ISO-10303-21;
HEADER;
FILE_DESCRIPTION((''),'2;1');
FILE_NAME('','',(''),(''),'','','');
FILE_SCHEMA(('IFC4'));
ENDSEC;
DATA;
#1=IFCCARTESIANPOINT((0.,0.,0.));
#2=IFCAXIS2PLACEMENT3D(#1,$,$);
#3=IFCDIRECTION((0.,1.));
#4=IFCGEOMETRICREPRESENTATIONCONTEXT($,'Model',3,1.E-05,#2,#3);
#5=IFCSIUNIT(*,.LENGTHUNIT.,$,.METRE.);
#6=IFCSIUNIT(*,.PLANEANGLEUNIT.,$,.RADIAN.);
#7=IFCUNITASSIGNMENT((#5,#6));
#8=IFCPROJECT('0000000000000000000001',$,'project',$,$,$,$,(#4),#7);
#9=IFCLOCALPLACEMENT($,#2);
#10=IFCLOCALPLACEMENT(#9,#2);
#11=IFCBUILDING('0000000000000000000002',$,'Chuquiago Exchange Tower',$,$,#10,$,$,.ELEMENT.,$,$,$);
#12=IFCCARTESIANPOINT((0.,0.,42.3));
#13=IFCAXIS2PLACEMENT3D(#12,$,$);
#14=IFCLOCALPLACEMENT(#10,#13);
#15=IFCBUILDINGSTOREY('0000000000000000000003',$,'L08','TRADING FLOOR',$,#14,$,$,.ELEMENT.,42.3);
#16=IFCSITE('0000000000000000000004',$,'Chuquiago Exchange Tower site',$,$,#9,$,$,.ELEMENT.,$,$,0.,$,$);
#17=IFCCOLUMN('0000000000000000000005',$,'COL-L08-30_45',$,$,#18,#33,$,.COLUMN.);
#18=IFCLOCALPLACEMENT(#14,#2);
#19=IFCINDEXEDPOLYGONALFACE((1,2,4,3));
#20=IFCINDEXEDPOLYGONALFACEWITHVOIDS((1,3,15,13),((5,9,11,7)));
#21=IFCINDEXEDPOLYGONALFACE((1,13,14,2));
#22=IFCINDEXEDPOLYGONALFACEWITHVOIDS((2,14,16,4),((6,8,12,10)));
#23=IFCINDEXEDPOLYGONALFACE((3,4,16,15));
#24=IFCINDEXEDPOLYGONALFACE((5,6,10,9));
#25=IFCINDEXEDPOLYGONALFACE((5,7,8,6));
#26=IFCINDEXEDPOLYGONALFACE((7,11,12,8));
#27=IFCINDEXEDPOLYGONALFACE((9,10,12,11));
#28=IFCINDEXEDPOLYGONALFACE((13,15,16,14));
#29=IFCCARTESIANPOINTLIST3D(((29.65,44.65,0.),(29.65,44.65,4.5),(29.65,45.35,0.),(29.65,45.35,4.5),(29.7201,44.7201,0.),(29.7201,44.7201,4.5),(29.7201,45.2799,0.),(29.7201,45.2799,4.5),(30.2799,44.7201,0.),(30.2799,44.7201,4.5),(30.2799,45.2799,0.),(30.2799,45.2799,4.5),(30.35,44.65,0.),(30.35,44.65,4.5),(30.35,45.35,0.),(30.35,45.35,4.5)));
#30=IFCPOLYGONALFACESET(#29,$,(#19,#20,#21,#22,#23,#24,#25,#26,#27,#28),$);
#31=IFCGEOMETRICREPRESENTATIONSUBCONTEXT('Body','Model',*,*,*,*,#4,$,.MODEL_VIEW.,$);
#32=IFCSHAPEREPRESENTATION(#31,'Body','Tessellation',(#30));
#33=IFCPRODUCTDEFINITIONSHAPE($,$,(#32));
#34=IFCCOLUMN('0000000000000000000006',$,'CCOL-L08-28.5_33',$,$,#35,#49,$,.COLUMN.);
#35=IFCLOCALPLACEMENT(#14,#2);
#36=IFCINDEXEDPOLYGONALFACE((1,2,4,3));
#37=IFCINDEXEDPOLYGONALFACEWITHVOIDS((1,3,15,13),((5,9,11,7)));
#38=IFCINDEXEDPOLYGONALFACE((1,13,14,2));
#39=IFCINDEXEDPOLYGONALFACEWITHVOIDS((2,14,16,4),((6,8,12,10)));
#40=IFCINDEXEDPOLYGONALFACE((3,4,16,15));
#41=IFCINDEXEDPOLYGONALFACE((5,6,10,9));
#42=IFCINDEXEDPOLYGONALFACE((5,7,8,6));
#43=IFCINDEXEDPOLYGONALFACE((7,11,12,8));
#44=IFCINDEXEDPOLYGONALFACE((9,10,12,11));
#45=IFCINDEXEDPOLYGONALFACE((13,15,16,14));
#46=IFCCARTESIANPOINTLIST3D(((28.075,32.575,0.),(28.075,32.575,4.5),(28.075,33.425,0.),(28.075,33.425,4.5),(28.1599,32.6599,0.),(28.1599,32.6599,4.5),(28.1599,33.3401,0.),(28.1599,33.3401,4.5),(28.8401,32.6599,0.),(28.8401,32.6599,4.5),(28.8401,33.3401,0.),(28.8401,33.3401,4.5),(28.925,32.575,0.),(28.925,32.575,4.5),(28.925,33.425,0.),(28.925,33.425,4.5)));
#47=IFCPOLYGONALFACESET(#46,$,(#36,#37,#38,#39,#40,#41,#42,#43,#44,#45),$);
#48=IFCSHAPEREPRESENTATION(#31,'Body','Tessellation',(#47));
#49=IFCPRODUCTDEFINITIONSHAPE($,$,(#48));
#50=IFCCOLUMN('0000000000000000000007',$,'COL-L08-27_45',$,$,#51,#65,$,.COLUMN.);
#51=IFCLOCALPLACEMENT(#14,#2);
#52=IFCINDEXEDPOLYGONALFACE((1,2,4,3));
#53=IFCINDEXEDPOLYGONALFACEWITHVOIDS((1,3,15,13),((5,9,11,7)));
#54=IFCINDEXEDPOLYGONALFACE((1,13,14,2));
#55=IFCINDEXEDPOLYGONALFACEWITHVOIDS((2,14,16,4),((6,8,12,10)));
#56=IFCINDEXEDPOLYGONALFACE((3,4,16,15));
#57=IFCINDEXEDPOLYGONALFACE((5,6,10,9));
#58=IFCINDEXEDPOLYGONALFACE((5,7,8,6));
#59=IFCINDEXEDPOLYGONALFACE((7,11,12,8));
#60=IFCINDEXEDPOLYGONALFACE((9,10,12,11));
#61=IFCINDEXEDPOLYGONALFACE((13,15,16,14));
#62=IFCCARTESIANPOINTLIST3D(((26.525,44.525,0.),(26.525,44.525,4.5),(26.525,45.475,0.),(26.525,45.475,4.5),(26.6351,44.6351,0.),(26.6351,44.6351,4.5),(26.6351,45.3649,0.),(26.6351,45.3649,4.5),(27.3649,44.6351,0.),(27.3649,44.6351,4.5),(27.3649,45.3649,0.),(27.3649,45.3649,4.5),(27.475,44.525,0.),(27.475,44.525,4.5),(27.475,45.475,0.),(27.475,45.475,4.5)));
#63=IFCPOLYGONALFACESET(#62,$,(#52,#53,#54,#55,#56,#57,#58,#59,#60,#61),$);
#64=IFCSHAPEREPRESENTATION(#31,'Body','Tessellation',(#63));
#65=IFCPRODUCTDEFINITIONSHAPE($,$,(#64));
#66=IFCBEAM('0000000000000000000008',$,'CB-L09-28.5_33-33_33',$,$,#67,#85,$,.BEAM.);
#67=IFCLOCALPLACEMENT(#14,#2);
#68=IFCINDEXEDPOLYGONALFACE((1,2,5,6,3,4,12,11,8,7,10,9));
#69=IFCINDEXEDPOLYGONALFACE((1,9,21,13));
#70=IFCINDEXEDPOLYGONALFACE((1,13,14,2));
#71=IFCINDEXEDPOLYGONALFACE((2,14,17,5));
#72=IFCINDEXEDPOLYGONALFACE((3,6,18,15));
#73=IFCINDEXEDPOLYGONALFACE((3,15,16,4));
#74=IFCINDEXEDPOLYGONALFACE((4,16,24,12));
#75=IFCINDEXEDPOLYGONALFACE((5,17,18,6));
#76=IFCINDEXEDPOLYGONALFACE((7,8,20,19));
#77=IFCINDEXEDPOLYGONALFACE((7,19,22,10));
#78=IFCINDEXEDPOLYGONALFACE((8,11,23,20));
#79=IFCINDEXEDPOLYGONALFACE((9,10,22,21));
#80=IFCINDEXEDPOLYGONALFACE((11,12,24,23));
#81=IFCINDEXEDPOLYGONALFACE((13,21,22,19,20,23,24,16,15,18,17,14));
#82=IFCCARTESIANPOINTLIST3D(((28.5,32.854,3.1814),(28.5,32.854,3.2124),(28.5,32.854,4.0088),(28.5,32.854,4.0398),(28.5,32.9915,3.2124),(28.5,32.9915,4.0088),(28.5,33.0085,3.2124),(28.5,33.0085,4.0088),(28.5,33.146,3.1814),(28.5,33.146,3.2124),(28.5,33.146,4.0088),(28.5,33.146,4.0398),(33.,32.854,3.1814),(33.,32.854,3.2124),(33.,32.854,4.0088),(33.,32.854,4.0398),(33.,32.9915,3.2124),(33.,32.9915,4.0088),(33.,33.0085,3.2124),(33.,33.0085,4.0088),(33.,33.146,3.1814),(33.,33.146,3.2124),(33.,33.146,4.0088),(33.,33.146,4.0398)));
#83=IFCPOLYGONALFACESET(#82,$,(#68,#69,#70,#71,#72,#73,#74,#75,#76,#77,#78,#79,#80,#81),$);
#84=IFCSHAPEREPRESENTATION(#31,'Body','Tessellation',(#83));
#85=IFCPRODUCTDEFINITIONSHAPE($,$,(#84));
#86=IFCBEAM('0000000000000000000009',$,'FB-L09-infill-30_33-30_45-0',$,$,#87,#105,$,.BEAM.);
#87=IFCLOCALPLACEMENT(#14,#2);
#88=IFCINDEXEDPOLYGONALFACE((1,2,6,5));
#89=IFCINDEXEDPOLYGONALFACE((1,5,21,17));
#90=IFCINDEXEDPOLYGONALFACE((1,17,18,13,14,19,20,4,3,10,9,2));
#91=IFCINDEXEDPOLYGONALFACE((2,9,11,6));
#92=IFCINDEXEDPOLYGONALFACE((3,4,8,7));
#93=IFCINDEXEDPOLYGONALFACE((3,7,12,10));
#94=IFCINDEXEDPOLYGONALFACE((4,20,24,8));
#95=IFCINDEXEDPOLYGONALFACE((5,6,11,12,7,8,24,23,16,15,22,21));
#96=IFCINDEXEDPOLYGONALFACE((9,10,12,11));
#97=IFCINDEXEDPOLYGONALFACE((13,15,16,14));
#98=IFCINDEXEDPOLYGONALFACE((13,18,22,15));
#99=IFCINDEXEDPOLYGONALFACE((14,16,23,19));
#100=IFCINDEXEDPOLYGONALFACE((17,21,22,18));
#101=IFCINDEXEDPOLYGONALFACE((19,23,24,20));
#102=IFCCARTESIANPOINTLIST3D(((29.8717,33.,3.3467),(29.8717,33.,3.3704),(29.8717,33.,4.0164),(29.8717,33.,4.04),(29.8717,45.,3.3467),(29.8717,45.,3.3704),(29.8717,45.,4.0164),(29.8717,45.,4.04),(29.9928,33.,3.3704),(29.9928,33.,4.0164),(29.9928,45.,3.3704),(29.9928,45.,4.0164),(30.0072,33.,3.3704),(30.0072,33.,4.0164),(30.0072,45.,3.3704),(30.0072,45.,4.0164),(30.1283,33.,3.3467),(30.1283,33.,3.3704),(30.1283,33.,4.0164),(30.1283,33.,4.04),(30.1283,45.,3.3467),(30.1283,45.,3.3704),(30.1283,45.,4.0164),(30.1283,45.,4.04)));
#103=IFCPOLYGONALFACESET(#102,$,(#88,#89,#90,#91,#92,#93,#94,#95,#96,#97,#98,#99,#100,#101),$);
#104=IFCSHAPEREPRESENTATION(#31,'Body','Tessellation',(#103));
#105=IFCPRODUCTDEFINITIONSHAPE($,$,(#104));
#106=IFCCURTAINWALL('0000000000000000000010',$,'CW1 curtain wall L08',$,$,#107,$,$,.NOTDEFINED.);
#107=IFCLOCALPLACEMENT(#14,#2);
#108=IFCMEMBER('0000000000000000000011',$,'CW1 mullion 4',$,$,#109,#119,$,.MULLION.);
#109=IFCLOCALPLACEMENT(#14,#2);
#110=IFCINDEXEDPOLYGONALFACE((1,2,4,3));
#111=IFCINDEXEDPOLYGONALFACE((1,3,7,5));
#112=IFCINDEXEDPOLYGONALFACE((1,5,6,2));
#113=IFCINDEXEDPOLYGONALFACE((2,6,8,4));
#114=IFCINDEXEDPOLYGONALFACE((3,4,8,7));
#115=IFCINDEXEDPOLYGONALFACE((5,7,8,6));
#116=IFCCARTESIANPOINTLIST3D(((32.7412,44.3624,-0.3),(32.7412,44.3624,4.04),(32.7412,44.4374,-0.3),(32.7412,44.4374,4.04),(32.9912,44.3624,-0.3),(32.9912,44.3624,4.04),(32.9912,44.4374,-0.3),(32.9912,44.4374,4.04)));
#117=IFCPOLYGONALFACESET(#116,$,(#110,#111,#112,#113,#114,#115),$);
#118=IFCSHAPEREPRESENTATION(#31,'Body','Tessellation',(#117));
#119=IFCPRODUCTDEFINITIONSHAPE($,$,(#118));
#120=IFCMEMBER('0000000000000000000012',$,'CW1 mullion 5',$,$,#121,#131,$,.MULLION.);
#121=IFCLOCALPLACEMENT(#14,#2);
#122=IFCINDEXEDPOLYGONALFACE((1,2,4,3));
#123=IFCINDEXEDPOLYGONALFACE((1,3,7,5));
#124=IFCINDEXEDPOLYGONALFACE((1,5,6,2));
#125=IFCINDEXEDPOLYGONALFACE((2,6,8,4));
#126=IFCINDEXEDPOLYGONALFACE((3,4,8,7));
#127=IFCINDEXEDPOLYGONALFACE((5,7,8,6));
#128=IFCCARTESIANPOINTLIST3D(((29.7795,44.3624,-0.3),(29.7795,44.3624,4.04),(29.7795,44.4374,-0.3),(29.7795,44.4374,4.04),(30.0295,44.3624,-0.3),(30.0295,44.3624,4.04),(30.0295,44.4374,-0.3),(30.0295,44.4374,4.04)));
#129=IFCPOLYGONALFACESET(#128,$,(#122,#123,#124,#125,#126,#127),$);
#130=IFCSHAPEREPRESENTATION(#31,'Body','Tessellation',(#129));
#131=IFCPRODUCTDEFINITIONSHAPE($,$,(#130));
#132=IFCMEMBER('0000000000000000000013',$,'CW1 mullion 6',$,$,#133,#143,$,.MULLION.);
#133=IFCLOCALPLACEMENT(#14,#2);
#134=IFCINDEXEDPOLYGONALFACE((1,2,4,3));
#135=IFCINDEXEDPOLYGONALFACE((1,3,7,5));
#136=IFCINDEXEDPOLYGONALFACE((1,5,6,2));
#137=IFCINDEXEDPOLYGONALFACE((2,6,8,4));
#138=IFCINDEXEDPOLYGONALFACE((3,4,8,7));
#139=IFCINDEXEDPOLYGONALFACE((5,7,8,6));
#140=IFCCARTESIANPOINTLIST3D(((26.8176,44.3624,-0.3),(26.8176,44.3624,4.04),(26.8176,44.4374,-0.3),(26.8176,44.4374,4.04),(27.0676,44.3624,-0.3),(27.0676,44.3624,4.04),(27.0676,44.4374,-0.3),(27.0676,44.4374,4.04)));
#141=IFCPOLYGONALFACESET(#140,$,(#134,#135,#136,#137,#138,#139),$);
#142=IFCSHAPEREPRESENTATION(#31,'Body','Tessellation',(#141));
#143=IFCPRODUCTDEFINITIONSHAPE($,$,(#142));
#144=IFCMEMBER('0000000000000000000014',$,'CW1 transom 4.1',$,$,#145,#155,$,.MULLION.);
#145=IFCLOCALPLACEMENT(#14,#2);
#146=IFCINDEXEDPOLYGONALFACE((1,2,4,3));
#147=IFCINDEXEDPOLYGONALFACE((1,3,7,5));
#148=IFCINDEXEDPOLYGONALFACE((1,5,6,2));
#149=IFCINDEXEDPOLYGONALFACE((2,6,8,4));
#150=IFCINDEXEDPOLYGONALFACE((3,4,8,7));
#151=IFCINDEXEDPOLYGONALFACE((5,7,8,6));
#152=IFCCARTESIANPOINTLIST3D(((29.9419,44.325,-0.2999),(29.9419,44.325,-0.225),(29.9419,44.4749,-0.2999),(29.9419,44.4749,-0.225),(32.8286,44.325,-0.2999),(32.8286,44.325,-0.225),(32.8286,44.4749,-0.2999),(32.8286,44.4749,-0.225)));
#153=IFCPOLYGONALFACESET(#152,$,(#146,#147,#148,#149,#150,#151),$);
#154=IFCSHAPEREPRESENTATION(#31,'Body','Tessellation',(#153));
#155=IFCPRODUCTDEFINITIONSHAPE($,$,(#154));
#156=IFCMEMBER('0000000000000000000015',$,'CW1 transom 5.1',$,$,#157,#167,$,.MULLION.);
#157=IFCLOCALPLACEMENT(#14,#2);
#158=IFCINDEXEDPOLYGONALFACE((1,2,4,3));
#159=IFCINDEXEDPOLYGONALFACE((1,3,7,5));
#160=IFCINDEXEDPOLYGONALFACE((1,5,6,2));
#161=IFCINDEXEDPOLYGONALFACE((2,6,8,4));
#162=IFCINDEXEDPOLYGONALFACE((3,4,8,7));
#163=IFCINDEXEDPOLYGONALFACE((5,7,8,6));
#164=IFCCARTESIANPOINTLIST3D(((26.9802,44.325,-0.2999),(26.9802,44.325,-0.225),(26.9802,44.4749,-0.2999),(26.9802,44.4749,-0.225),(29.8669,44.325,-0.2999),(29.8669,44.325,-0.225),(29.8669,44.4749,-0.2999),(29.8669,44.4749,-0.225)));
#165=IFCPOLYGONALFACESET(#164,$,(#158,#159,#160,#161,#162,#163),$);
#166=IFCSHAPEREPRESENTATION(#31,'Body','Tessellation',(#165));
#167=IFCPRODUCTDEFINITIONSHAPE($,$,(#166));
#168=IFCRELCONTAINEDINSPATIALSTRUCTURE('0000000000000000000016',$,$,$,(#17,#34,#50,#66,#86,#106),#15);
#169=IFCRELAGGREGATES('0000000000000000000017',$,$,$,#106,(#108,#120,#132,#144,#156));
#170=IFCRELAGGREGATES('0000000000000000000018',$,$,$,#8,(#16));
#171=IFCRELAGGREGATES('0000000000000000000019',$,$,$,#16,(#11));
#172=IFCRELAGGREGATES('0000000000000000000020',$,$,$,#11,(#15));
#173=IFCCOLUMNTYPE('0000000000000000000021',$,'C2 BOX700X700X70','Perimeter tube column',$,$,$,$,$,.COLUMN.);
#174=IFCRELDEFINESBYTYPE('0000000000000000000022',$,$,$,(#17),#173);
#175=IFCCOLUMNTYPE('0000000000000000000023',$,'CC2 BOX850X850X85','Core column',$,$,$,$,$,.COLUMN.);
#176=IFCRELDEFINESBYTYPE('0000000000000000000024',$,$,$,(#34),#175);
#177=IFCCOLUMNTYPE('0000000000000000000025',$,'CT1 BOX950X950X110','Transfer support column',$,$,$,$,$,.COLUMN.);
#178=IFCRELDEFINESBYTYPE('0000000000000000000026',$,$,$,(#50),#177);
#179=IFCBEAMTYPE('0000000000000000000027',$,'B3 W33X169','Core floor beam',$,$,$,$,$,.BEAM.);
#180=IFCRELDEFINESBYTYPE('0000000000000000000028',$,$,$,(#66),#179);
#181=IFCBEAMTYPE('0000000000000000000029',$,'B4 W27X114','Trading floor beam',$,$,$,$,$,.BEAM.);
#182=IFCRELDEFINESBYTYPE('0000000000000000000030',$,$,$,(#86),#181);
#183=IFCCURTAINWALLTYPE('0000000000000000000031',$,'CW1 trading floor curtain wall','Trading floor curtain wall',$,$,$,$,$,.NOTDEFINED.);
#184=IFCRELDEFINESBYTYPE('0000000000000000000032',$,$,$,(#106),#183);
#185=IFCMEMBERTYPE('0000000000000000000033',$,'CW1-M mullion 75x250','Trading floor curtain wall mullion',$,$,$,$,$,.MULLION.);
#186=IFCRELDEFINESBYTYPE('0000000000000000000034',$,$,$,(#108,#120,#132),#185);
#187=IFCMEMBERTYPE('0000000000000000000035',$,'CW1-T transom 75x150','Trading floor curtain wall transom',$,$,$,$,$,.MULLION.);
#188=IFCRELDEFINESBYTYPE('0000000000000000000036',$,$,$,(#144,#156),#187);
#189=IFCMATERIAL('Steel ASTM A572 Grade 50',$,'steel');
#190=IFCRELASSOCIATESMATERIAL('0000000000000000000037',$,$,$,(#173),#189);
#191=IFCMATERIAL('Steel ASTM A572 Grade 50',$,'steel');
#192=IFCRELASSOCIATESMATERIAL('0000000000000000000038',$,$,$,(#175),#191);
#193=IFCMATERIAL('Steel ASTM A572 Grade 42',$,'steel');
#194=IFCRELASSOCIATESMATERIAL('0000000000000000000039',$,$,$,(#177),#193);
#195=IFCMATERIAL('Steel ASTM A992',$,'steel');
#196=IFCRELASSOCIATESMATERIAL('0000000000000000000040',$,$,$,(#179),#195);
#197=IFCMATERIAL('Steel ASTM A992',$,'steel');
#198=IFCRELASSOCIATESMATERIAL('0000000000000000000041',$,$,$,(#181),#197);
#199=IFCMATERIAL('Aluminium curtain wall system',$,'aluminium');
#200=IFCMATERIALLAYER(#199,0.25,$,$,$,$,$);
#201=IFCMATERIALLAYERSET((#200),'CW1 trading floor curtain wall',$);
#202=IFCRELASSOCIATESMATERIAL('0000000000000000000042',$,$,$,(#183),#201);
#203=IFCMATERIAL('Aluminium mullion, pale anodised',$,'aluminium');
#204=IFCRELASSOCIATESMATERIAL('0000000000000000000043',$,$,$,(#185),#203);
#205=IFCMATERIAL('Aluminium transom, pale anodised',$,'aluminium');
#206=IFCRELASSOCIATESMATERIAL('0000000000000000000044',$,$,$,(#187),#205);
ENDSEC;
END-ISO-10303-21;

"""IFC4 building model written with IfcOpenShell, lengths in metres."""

from ifc_helpers import new_model, si_unit, direction, frame, origin, origin_2d, place, context, subcontext, project, spatial, rectangle, hollow_rectangle, i_section, extrude, material, layer, layer_set, material_profile, profile_set, type_object, element, aggregate, save


model = new_model("IFC4")

# Units and contexts
model_context = context("Model", 3, precision=1e-05, world=origin(), true_north=direction((0.0, 1.0)))
body_context = subcontext(model_context, "Body", "Model", "MODEL_VIEW")
ifc_project = project(units=[si_unit("LENGTHUNIT", "METRE"), si_unit("PLANEANGLEUNIT", "RADIAN")], contexts=[model_context])

# Site, building, storey
site_placement = place(None, origin())
site = spatial("IfcSite", under=ifc_project, at=site_placement, Name="Chuquiago Exchange Tower site", CompositionType="ELEMENT", RefElevation=0.0)
building_placement = place(site_placement, origin())
building = spatial("IfcBuilding", under=site, at=building_placement, Name="Chuquiago Exchange Tower", CompositionType="ELEMENT")
storey_placement = place(building_placement, frame((0.0, 0.0, 42.3)))
storey = spatial("IfcBuildingStorey", under=building, at=storey_placement, Name="L08", Description="TRADING FLOOR", CompositionType="ELEMENT", Elevation=42.3)

# Columns
ifc_material_1 = material(Name="Steel ASTM A572 Grade 50", Category="steel")
ifc_material_profile_1 = material_profile(ifc_material_1, hollow_rectangle(XDim=0.7, YDim=0.7, WallThickness=0.0701, at=origin_2d()), Name="BOX700X700X70")
ifc_profile_set_1 = profile_set([ifc_material_profile_1], Name="Steel ASTM A572 Grade 50")
column_type_1 = type_object("IfcColumnType", Name="C2 BOX700X700X70", Description="Perimeter tube column", PredefinedType="COLUMN", material=ifc_profile_set_1)
column_1_placement = place(storey_placement, frame((30.0, 45.0, 0.0), z_axis=(0.0, 0.0, 1.0), x_axis=(0.0, 1.0, 0.0)))
element("IfcColumn", 1, at=column_1_placement, inside=storey, type_object=column_type_1, Name="COL-L08-30_45", PredefinedType="COLUMN", context=body_context, shape_type="SweptSolid", body=[
    extrude(hollow_rectangle(XDim=0.7, YDim=0.7, WallThickness=0.0701, at=origin_2d()), origin(), (0.0, 0.0, 1.0), 4.5),
])
ifc_material_2 = material(Name="Steel ASTM A572 Grade 50", Category="steel")
ifc_material_profile_2 = material_profile(ifc_material_2, hollow_rectangle(XDim=0.8501, YDim=0.8501, WallThickness=0.085, at=origin_2d()), Name="BOX850X850X85")
ifc_profile_set_2 = profile_set([ifc_material_profile_2], Name="Steel ASTM A572 Grade 50")
column_type_2 = type_object("IfcColumnType", Name="CC2 BOX850X850X85", Description="Core column", PredefinedType="COLUMN", material=ifc_profile_set_2)
column_2_placement = place(storey_placement, frame((28.5, 33.0, 0.0), z_axis=(0.0, 0.0, 1.0), x_axis=(1.0, 0.0, 0.0)))
element("IfcColumn", 2, at=column_2_placement, inside=storey, type_object=column_type_2, Name="CCOL-L08-28.5_33", PredefinedType="COLUMN", context=body_context, shape_type="SweptSolid", body=[
    extrude(hollow_rectangle(XDim=0.8501, YDim=0.8501, WallThickness=0.085, at=origin_2d()), origin(), (0.0, 0.0, 1.0), 4.5),
])
ifc_material_3 = material(Name="Steel ASTM A572 Grade 42", Category="steel")
ifc_material_profile_3 = material_profile(ifc_material_3, hollow_rectangle(XDim=0.95, YDim=0.95, WallThickness=0.1101, at=origin_2d()), Name="BOX950X950X110")
ifc_profile_set_3 = profile_set([ifc_material_profile_3], Name="Steel ASTM A572 Grade 42")
column_type_3 = type_object("IfcColumnType", Name="CT1 BOX950X950X110", Description="Transfer support column", PredefinedType="COLUMN", material=ifc_profile_set_3)
column_3_placement = place(storey_placement, frame((27.0, 45.0, 0.0), z_axis=(0.0, 0.0, 1.0), x_axis=(0.0, 1.0, 0.0)))
element("IfcColumn", 3, at=column_3_placement, inside=storey, type_object=column_type_3, Name="COL-L08-27_45", PredefinedType="COLUMN", context=body_context, shape_type="SweptSolid", body=[
    extrude(hollow_rectangle(XDim=0.95, YDim=0.95, WallThickness=0.1101, at=origin_2d()), origin(), (0.0, 0.0, 1.0), 4.5),
])

# Beams
ifc_material_4 = material(Name="Steel ASTM A992", Category="steel")
ifc_material_profile_4 = material_profile(ifc_material_4, i_section(OverallWidth=0.292, OverallDepth=0.8584, WebThickness=0.0171, FlangeThickness=0.031, at=origin_2d()), Name="W33X169")
ifc_profile_set_4 = profile_set([ifc_material_profile_4], Name="Steel ASTM A992")
beam_type_1 = type_object("IfcBeamType", Name="B3 W33X169", Description="Core floor beam", PredefinedType="BEAM", material=ifc_profile_set_4)
beam_1_placement = place(storey_placement, frame((28.5, 33.0, 3.6106), z_axis=(1.0, 0.0, 0.0), x_axis=(0.0, 1.0, 0.0)))
element("IfcBeam", 4, at=beam_1_placement, inside=storey, type_object=beam_type_1, Name="CB-L09-28.5_33-33_33", PredefinedType="BEAM", context=body_context, shape_type="SweptSolid", body=[
    extrude(i_section(OverallWidth=0.292, OverallDepth=0.8584, WebThickness=0.0171, FlangeThickness=0.031, at=origin_2d()), origin(), (0.0, 0.0, 1.0), 4.5),
])
ifc_material_5 = material(Name="Steel ASTM A992", Category="steel")
ifc_material_profile_5 = material_profile(ifc_material_5, i_section(OverallWidth=0.2566, OverallDepth=0.6934, WebThickness=0.0144, FlangeThickness=0.0237, at=origin_2d()), Name="W27X114")
ifc_profile_set_5 = profile_set([ifc_material_profile_5], Name="Steel ASTM A992")
beam_type_2 = type_object("IfcBeamType", Name="B4 W27X114", Description="Trading floor beam", PredefinedType="BEAM", material=ifc_profile_set_5)
beam_2_placement = place(storey_placement, frame((30.0, 33.0, 3.6934), z_axis=(0.0, 1.0, 0.0), x_axis=(-1.0, 0.0, 0.0)))
element("IfcBeam", 5, at=beam_2_placement, inside=storey, type_object=beam_type_2, Name="FB-L09-infill-30_33-30_45-0", PredefinedType="BEAM", context=body_context, shape_type="SweptSolid", body=[
    extrude(i_section(OverallWidth=0.2566, OverallDepth=0.6934, WebThickness=0.0144, FlangeThickness=0.0237, at=origin_2d()), origin(), (0.0, 0.0, 1.0), 12.0),
])

# Curtain wall, members
ifc_material_6 = material(Name="Aluminium curtain wall system", Category="aluminium")
ifc_layer_1 = layer(ifc_material_6, 0.25)
ifc_layer_set_1 = layer_set([ifc_layer_1], Name="CW1 trading floor curtain wall")
curtain_wall_type = type_object("IfcCurtainWallType", Name="CW1 trading floor curtain wall", Description="Trading floor curtain wall", PredefinedType="NOTDEFINED", material=ifc_layer_set_1)
curtain_wall_placement = place(storey_placement, origin())
curtain_wall = element("IfcCurtainWall", 6, at=curtain_wall_placement, inside=storey, type_object=curtain_wall_type, Name="CW1 curtain wall L08", PredefinedType="NOTDEFINED")
ifc_material_7 = material(Name="Aluminium mullion, pale anodised", Category="aluminium")
ifc_material_profile_6 = material_profile(ifc_material_7, rectangle(XDim=0.075, YDim=0.25, at=origin_2d()), Name="AL 75x250")
ifc_profile_set_6 = profile_set([ifc_material_profile_6], Name="Aluminium mullion, pale anodised")
member_type_1 = type_object("IfcMemberType", Name="CW1-M mullion 75x250", Description="Trading floor curtain wall mullion", PredefinedType="MULLION", material=ifc_profile_set_6)
member_1_placement = place(storey_placement, frame((32.8662, 44.3999, -0.3), z_axis=(0.0, 0.0, 1.0), x_axis=(0.0, -1.0, 0.0)))
member_1 = element("IfcMember", 7, at=member_1_placement, type_object=member_type_1, Name="CW1 mullion 4", PredefinedType="MULLION", context=body_context, shape_type="SweptSolid", body=[
    extrude(rectangle(XDim=0.075, YDim=0.25, at=origin_2d()), origin(), (0.0, 0.0, 1.0), 4.3401),
])
member_2_placement = place(storey_placement, frame((29.9045, 44.3999, -0.3), z_axis=(0.0, 0.0, 1.0), x_axis=(0.0, -1.0, 0.0)))
member_2 = element("IfcMember", 8, at=member_2_placement, type_object=member_type_1, Name="CW1 mullion 5", PredefinedType="MULLION", context=body_context, shape_type="SweptSolid", body=[
    extrude(rectangle(XDim=0.075, YDim=0.25, at=origin_2d()), origin(), (0.0, 0.0, 1.0), 4.3401),
])
member_3_placement = place(storey_placement, frame((26.9426, 44.3999, -0.3), z_axis=(0.0, 0.0, 1.0), x_axis=(0.0, -1.0, 0.0)))
member_3 = element("IfcMember", 9, at=member_3_placement, type_object=member_type_1, Name="CW1 mullion 6", PredefinedType="MULLION", context=body_context, shape_type="SweptSolid", body=[
    extrude(rectangle(XDim=0.075, YDim=0.25, at=origin_2d()), origin(), (0.0, 0.0, 1.0), 4.3401),
])
ifc_material_8 = material(Name="Aluminium transom, pale anodised", Category="aluminium")
ifc_material_profile_7 = material_profile(ifc_material_8, rectangle(XDim=0.1499, YDim=0.075, at=origin_2d()), Name="AL 150x75")
ifc_profile_set_7 = profile_set([ifc_material_profile_7], Name="Aluminium transom, pale anodised")
member_type_2 = type_object("IfcMemberType", Name="CW1-T transom 75x150", Description="Trading floor curtain wall transom", PredefinedType="MULLION", material=ifc_profile_set_7)
member_4_placement = place(storey_placement, frame((32.8286, 44.3999, -0.2625), z_axis=(-1.0, 0.0, 0.0), x_axis=(0.0, -1.0, 0.0)))
member_4 = element("IfcMember", 10, at=member_4_placement, type_object=member_type_2, Name="CW1 transom 4.1", PredefinedType="MULLION", context=body_context, shape_type="SweptSolid", body=[
    extrude(rectangle(XDim=0.1499, YDim=0.075, at=origin_2d()), origin(), (0.0, 0.0, 1.0), 2.8867),
])
member_5_placement = place(storey_placement, frame((29.8669, 44.3999, -0.2625), z_axis=(-1.0, 0.0, 0.0), x_axis=(0.0, -1.0, 0.0)))
member_5 = element("IfcMember", 11, at=member_5_placement, type_object=member_type_2, Name="CW1 transom 5.1", PredefinedType="MULLION", context=body_context, shape_type="SweptSolid", body=[
    extrude(rectangle(XDim=0.1499, YDim=0.075, at=origin_2d()), origin(), (0.0, 0.0, 1.0), 2.8867),
])

aggregate(curtain_wall, [member_1, member_2, member_3, member_4, member_5])

save(model, "model.ifc")
